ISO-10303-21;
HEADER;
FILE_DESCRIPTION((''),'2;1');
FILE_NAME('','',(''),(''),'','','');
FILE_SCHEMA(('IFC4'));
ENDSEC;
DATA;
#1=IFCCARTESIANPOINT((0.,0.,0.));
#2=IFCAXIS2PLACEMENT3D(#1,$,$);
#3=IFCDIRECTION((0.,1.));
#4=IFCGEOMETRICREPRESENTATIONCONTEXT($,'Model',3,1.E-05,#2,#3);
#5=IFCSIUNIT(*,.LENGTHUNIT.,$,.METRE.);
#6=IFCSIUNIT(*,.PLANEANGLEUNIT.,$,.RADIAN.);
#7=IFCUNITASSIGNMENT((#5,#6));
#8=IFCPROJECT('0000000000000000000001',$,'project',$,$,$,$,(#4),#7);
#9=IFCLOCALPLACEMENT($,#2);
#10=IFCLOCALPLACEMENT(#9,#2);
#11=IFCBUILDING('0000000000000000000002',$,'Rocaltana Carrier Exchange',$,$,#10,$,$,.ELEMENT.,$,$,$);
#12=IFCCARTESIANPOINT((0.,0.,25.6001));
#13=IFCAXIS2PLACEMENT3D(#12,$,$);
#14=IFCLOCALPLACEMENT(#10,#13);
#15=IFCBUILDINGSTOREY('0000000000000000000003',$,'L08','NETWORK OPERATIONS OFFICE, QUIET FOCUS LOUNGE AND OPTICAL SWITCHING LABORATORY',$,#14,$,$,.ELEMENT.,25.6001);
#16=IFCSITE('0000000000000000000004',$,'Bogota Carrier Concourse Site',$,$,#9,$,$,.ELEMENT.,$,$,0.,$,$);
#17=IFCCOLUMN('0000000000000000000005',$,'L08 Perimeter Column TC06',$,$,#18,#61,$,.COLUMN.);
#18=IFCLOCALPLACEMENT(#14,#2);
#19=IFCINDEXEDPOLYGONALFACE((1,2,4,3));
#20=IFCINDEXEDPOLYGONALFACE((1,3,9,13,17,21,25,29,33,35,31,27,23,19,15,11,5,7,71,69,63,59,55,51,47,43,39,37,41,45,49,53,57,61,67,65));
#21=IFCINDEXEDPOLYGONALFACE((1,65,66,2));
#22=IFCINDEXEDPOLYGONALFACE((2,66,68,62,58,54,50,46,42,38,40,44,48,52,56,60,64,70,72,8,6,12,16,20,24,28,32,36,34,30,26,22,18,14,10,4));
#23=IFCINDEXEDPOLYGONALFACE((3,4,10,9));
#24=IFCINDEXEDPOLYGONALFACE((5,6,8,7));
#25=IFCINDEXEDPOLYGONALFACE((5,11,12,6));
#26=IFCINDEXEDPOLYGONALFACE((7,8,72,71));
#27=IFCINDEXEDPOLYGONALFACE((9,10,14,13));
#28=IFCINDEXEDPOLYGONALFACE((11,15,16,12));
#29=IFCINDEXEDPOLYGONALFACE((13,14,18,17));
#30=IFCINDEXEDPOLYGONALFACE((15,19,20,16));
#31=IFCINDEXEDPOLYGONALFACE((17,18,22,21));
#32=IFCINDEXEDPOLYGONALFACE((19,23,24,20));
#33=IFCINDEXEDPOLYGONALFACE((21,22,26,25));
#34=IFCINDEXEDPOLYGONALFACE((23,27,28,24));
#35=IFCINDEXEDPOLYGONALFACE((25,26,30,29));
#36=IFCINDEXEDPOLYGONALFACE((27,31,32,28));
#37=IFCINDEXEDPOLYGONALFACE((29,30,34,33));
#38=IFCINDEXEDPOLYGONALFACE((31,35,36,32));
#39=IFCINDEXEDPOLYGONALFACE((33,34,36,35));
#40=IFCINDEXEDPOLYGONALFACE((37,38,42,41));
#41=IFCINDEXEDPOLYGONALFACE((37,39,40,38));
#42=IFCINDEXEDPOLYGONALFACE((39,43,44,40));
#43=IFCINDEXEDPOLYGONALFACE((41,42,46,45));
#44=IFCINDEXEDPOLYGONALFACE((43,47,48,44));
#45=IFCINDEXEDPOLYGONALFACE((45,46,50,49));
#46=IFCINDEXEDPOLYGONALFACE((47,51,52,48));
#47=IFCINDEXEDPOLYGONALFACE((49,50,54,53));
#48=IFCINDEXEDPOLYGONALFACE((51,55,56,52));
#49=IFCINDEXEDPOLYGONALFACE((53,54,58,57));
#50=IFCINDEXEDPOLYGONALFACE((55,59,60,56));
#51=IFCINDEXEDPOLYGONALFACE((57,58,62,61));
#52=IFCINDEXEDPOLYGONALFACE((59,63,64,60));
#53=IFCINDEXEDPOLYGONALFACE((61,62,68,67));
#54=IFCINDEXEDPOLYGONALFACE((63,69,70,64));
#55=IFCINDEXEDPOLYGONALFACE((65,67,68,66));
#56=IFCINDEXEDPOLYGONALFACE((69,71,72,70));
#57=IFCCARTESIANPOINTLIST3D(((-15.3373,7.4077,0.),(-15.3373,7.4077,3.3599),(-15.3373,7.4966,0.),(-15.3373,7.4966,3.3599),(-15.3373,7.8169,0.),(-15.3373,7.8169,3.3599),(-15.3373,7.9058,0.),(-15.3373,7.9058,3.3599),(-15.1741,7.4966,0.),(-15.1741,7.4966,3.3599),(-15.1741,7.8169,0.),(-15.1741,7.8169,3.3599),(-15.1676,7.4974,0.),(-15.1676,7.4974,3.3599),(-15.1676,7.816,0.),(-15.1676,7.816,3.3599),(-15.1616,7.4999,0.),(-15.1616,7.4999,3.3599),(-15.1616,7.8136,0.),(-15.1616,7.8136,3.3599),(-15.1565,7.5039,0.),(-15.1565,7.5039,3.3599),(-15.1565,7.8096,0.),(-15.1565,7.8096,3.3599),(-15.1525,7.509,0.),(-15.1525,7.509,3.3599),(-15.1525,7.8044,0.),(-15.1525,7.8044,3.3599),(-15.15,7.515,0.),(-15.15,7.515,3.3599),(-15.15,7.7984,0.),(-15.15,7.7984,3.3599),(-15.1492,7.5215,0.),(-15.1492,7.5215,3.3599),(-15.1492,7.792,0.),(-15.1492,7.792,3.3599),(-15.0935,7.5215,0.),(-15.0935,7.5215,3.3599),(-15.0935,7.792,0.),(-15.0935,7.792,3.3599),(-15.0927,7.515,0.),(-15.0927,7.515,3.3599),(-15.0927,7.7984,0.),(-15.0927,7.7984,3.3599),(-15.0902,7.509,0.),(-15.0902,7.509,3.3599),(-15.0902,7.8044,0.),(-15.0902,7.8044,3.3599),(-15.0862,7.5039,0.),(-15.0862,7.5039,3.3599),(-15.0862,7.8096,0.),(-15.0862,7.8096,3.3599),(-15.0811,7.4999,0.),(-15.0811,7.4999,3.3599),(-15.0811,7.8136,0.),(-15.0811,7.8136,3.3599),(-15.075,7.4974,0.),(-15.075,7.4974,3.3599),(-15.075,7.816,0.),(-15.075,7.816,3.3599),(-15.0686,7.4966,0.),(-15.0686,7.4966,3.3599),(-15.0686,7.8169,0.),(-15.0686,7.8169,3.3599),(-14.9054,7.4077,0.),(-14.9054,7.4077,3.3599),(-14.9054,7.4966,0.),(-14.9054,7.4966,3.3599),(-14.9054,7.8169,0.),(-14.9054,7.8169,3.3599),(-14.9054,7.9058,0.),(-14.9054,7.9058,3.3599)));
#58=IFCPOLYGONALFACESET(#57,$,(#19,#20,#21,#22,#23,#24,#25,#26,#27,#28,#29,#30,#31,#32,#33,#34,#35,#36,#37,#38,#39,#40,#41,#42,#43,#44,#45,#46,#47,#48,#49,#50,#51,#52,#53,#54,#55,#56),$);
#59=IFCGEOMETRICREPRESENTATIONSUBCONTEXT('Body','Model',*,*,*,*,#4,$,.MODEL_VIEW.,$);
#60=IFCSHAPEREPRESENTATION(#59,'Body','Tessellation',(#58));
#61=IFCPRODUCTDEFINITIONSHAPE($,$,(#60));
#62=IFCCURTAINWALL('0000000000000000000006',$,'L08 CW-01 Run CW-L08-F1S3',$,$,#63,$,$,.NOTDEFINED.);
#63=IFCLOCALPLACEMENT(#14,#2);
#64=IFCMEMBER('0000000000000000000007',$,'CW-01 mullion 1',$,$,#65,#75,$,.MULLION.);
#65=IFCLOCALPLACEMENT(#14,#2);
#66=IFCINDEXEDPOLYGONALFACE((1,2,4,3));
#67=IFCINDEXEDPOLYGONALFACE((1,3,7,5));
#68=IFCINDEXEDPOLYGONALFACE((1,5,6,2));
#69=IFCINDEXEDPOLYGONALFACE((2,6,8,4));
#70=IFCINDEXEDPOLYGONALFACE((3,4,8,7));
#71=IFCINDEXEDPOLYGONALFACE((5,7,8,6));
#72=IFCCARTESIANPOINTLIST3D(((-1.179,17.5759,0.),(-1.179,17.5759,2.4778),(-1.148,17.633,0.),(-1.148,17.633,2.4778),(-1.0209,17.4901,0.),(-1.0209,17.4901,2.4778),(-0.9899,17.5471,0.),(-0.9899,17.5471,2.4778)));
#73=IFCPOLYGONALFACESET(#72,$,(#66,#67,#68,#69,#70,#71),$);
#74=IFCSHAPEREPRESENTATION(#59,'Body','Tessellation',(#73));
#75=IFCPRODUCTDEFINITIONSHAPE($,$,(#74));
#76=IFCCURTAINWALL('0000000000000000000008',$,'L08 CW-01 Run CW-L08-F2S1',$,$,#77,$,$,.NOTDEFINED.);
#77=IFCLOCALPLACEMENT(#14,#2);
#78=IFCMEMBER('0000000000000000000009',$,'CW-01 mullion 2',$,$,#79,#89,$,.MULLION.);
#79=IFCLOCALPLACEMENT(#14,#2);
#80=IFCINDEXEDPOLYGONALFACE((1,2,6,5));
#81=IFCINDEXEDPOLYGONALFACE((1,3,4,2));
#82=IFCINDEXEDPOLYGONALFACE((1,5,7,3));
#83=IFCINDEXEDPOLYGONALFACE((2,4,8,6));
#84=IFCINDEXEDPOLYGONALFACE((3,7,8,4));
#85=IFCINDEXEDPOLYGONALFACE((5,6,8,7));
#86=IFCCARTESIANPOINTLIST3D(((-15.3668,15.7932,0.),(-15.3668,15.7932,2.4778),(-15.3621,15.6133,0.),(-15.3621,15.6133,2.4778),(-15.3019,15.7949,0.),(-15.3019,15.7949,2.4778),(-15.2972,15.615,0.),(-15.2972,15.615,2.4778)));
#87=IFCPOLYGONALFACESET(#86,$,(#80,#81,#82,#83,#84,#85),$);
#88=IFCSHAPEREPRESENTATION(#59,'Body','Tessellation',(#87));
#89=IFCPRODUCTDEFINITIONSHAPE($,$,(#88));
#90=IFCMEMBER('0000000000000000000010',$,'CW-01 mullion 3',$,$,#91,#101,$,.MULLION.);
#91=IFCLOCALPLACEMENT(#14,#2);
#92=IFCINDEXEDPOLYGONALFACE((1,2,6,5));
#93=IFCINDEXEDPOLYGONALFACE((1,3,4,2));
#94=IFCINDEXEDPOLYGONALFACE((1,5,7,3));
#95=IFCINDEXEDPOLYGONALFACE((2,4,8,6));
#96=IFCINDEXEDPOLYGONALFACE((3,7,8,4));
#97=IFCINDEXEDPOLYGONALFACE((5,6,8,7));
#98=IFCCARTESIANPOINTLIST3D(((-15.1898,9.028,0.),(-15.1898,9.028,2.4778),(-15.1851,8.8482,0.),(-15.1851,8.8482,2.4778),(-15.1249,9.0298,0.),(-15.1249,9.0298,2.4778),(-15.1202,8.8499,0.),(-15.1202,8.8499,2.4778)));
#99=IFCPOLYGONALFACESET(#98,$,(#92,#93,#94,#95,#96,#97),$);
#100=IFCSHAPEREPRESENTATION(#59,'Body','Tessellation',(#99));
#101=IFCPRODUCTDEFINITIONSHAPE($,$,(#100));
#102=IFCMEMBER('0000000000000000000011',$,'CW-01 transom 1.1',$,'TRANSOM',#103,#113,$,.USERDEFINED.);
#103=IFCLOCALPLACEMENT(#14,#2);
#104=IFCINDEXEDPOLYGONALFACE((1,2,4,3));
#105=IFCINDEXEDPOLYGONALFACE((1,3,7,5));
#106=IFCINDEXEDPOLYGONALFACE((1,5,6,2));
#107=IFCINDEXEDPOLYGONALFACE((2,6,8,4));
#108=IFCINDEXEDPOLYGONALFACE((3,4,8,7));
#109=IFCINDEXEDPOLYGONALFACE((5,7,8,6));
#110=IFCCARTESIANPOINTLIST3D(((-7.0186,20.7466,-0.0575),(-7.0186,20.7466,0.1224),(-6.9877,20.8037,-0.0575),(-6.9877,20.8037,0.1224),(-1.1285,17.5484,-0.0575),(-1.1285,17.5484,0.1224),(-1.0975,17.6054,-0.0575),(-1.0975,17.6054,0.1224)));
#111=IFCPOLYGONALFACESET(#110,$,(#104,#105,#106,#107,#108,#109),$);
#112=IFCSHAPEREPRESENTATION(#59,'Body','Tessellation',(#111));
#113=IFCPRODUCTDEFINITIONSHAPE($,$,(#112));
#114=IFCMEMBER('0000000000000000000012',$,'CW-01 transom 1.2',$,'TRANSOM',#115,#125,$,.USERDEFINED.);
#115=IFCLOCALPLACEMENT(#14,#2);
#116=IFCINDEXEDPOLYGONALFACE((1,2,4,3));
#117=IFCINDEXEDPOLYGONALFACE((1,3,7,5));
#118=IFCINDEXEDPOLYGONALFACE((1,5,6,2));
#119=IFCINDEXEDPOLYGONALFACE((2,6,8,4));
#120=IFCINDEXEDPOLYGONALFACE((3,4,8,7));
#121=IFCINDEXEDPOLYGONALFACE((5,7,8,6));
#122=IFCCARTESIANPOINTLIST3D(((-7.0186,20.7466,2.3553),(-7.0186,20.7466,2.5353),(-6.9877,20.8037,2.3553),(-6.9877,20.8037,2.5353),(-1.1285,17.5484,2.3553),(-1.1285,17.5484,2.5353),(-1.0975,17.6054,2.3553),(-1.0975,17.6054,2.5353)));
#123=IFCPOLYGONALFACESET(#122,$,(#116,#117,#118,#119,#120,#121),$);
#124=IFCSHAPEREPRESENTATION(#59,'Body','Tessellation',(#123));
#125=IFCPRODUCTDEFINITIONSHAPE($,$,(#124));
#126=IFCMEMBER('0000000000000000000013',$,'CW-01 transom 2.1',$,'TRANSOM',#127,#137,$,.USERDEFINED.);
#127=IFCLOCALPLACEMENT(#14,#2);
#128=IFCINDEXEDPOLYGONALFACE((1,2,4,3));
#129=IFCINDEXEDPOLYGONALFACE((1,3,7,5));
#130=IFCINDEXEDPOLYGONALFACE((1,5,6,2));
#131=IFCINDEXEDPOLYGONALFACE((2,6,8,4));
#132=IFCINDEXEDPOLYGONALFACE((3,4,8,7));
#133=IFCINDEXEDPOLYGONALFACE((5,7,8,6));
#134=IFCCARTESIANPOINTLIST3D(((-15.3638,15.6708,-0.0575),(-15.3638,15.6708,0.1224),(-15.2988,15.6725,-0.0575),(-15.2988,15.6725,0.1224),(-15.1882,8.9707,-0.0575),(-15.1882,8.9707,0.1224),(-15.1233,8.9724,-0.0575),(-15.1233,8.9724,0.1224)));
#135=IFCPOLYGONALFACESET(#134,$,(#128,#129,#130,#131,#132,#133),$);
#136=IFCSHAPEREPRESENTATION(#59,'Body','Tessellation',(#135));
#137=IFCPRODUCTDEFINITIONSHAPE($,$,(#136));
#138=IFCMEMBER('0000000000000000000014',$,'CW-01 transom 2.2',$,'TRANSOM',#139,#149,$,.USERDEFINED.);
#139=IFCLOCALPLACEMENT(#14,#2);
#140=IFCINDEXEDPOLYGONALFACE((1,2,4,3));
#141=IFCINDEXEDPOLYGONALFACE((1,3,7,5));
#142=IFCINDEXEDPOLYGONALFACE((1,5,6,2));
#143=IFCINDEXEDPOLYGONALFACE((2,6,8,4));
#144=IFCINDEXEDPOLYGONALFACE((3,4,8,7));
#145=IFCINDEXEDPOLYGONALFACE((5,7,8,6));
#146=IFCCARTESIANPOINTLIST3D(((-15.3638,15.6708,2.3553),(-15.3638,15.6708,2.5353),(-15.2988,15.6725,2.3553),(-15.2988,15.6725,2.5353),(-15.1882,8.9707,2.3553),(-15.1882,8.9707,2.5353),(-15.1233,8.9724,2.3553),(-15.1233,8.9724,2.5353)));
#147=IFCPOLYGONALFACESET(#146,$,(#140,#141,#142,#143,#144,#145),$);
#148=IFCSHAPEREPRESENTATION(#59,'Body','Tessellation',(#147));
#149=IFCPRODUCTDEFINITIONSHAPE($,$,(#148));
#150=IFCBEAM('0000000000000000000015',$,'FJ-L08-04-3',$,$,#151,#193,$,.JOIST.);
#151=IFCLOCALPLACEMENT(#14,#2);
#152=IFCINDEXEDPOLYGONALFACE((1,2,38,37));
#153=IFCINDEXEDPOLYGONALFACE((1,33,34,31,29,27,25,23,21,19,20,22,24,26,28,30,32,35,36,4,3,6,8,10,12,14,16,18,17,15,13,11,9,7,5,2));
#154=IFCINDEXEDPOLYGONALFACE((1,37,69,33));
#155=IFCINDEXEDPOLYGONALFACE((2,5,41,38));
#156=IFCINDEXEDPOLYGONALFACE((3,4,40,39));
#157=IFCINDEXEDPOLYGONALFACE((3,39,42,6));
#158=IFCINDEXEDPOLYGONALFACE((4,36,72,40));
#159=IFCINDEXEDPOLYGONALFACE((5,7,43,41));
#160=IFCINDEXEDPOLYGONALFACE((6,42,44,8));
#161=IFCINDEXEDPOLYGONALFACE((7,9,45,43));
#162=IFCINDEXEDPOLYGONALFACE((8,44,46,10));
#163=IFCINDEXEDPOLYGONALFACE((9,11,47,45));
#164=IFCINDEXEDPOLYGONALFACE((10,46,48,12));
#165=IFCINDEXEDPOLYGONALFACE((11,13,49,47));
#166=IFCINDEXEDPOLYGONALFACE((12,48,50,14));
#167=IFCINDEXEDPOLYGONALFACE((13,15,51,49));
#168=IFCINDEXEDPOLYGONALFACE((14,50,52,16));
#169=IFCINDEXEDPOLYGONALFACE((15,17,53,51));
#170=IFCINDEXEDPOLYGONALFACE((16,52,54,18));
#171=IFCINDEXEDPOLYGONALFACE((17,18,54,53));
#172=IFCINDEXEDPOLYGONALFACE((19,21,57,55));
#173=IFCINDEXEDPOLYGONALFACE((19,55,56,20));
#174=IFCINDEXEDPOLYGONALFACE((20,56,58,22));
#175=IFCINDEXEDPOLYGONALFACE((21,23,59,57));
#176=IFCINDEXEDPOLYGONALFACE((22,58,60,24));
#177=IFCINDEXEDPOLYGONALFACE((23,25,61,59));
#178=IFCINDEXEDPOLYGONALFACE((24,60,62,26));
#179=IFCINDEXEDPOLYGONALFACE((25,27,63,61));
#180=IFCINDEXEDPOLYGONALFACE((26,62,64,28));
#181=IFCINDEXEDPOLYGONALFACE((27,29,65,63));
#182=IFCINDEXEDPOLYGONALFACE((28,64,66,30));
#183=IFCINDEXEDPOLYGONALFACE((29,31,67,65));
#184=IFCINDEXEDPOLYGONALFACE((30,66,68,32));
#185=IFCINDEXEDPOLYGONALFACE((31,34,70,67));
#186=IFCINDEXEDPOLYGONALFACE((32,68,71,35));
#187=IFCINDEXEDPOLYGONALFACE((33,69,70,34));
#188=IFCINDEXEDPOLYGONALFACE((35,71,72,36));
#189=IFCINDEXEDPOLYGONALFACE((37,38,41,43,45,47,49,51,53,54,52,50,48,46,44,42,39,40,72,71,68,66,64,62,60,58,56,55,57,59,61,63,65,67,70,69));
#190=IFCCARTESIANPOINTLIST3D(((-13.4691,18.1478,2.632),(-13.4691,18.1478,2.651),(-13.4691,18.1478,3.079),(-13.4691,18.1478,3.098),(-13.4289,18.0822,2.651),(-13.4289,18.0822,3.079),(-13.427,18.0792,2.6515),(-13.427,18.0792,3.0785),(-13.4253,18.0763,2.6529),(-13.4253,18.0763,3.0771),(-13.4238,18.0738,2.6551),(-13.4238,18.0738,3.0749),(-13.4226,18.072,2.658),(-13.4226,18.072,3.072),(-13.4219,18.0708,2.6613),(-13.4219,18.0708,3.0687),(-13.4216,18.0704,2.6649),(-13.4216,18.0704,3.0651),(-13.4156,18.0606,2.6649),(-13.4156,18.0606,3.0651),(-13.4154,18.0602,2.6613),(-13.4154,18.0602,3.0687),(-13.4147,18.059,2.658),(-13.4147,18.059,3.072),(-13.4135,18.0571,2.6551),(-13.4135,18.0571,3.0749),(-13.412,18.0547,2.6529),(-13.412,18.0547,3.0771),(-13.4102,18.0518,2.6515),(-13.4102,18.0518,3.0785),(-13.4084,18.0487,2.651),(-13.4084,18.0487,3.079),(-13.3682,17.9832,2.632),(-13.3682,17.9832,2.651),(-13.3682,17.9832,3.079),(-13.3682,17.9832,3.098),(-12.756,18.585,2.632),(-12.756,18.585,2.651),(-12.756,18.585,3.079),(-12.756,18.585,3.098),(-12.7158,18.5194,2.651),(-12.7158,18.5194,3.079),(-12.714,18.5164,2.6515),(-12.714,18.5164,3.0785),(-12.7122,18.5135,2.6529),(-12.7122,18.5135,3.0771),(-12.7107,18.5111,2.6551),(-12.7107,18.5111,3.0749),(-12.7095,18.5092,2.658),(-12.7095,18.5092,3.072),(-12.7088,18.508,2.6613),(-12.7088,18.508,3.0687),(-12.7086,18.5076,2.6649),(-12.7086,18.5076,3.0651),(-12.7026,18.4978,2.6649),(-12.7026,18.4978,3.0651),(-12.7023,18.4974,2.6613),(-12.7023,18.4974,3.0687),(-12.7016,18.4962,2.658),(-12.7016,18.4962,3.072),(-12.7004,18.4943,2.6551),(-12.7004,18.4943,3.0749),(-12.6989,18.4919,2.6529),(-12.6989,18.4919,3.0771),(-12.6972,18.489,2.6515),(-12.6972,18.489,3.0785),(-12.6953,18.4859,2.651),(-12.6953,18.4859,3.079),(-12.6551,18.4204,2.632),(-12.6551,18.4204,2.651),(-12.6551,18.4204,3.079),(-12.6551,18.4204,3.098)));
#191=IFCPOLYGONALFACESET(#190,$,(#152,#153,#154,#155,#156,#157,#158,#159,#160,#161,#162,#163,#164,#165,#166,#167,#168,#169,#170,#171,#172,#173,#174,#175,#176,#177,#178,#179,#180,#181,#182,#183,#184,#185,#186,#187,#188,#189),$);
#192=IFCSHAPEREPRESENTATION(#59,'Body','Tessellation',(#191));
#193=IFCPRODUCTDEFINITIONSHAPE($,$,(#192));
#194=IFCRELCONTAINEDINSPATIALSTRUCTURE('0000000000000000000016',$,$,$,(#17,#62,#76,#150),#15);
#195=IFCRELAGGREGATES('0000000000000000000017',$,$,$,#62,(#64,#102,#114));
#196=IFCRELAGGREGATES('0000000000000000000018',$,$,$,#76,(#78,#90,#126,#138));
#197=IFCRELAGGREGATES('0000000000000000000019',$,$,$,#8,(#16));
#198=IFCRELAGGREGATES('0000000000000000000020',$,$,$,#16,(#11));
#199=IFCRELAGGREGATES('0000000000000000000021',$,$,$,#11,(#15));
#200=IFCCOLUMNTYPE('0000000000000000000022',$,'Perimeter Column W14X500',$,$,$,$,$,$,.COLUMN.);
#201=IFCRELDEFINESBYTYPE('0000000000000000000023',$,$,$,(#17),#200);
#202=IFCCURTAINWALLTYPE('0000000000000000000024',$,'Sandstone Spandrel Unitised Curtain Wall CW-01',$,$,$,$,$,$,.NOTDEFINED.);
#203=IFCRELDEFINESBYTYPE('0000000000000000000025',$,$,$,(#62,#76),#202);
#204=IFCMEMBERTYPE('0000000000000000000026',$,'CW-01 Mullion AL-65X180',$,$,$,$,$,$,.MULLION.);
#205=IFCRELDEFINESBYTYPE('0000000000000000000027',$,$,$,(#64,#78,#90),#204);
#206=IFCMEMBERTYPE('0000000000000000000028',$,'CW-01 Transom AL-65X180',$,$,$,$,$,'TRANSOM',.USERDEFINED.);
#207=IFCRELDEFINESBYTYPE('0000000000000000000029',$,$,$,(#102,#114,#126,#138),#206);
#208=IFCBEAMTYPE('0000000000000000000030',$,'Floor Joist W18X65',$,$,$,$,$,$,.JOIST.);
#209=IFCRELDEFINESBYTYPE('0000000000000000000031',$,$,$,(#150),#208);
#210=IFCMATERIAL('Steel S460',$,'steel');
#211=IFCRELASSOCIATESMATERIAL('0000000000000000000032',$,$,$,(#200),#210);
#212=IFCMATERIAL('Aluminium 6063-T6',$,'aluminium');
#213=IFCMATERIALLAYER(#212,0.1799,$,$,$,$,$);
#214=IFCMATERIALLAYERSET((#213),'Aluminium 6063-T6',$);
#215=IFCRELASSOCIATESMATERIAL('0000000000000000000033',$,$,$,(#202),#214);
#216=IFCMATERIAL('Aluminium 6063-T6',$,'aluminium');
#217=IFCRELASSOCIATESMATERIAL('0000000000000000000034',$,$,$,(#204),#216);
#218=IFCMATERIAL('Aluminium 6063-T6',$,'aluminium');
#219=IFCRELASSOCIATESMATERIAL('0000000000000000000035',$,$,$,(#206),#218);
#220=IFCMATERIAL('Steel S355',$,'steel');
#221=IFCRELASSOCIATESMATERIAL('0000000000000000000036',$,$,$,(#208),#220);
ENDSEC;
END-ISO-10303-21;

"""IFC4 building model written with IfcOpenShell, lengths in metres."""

from ifc_helpers import new_model, si_unit, direction, frame, origin, origin_2d, place, context, subcontext, project, spatial, rectangle, i_section, extrude, material, layer, layer_set, material_profile, profile_set, type_object, element, aggregate, save


model = new_model("IFC4")

# Units and contexts
model_context = context("Model", 3, precision=1e-05, world=origin(), true_north=direction((0.0, 1.0)))
body_context = subcontext(model_context, "Body", "Model", "MODEL_VIEW")
ifc_project = project(units=[si_unit("LENGTHUNIT", "METRE"), si_unit("PLANEANGLEUNIT", "RADIAN")], contexts=[model_context])

# Site, building, storey
site_placement = place(None, origin())
site = spatial("IfcSite", under=ifc_project, at=site_placement, Name="Bogota Carrier Concourse Site", CompositionType="ELEMENT", RefElevation=0.0)
building_placement = place(site_placement, origin())
building = spatial("IfcBuilding", under=site, at=building_placement, Name="Rocaltana Carrier Exchange", CompositionType="ELEMENT")
storey_placement = place(building_placement, frame((0.0, 0.0, 25.6001)))
storey = spatial("IfcBuildingStorey", under=building, at=storey_placement, Name="L08", Description="NETWORK OPERATIONS OFFICE, QUIET FOCUS LOUNGE AND OPTICAL SWITCHING LABORATORY", CompositionType="ELEMENT", Elevation=25.6001)

# Column
ifc_material_1 = material(Name="Steel S460", Category="steel")
ifc_material_profile_1 = material_profile(ifc_material_1, i_section(OverallWidth=0.4319, OverallDepth=0.498, WebThickness=0.0557, FlangeThickness=0.0889, FilletRadius=0.0249, at=origin_2d()), Name="W14X500")
ifc_profile_set_1 = profile_set([ifc_material_profile_1], Name="Steel S460")
column_type = type_object("IfcColumnType", Name="Perimeter Column W14X500", PredefinedType="COLUMN", material=ifc_profile_set_1)
column_placement = place(storey_placement, frame((-15.1213, 7.6567, 0.0), z_axis=(0.0, 0.0, 1.0), x_axis=(1.0, 0.0, 0.0)))
element("IfcColumn", 1, at=column_placement, inside=storey, type_object=column_type, Name="L08 Perimeter Column TC06", PredefinedType="COLUMN", context=body_context, shape_type="SweptSolid", body=[
    extrude(i_section(OverallWidth=0.4319, OverallDepth=0.498, WebThickness=0.0557, FlangeThickness=0.0889, FilletRadius=0.0249, at=origin_2d()), origin(), (0.0, 0.0, 1.0), 3.3599),
])

# Curtain wall, member
ifc_material_2 = material(Name="Aluminium 6063-T6", Category="aluminium")
ifc_layer_1 = layer(ifc_material_2, 0.1799)
ifc_layer_set_1 = layer_set([ifc_layer_1], Name="Aluminium 6063-T6")
curtain_wall_type = type_object("IfcCurtainWallType", Name="Sandstone Spandrel Unitised Curtain Wall CW-01", PredefinedType="NOTDEFINED", material=ifc_layer_set_1)
curtain_wall_1_placement = place(storey_placement, origin())
curtain_wall_1 = element("IfcCurtainWall", 2, at=curtain_wall_1_placement, inside=storey, type_object=curtain_wall_type, Name="L08 CW-01 Run CW-L08-F1S3", PredefinedType="NOTDEFINED")
ifc_material_3 = material(Name="Aluminium 6063-T6", Category="aluminium")
ifc_material_profile_2 = material_profile(ifc_material_3, rectangle(XDim=0.0649, YDim=0.1799, at=origin_2d()), Name="AL-65X180")
ifc_profile_set_2 = profile_set([ifc_material_profile_2], Name="Aluminium 6063-T6")
member_type_1 = type_object("IfcMemberType", Name="CW-01 Mullion AL-65X180", PredefinedType="MULLION", material=ifc_profile_set_2)
member_1_placement = place(storey_placement, frame((-1.0845, 17.5615, 0.0), z_axis=(0.0, 0.0, 1.0), x_axis=(-0.477156, -0.878819, 0.0)))
member_1 = element("IfcMember", 3, at=member_1_placement, type_object=member_type_1, Name="CW-01 mullion 1", PredefinedType="MULLION", context=body_context, shape_type="SweptSolid", body=[
    extrude(rectangle(XDim=0.0649, YDim=0.1799, at=origin_2d()), origin(), (0.0, 0.0, 1.0), 2.4778),
])

# Curtain wall, members
curtain_wall_2_placement = place(storey_placement, origin())
curtain_wall_2 = element("IfcCurtainWall", 4, at=curtain_wall_2_placement, inside=storey, type_object=curtain_wall_type, Name="L08 CW-01 Run CW-L08-F2S1", PredefinedType="NOTDEFINED")
member_2_placement = place(storey_placement, frame((-15.332, 15.7041, 0.0), z_axis=(0.0, 0.0, 1.0), x_axis=(0.999657, 0.026184, 0.0)))
member_2 = element("IfcMember", 5, at=member_2_placement, type_object=member_type_1, Name="CW-01 mullion 2", PredefinedType="MULLION", context=body_context, shape_type="SweptSolid", body=[
    extrude(rectangle(XDim=0.0649, YDim=0.1799, at=origin_2d()), origin(), (0.0, 0.0, 1.0), 2.4778),
])
member_3_placement = place(storey_placement, frame((-15.155, 8.939, 0.0), z_axis=(0.0, 0.0, 1.0), x_axis=(0.999657, 0.026184, 0.0)))
member_3 = element("IfcMember", 6, at=member_3_placement, type_object=member_type_1, Name="CW-01 mullion 3", PredefinedType="MULLION", context=body_context, shape_type="SweptSolid", body=[
    extrude(rectangle(XDim=0.0649, YDim=0.1799, at=origin_2d()), origin(), (0.0, 0.0, 1.0), 2.4778),
])

# Members
ifc_material_4 = material(Name="Aluminium 6063-T6", Category="aluminium")
ifc_material_profile_3 = material_profile(ifc_material_4, rectangle(XDim=0.0649, YDim=0.1799, at=origin_2d()), Name="AL-65X180")
ifc_profile_set_3 = profile_set([ifc_material_profile_3], Name="Aluminium 6063-T6")
member_type_2 = type_object("IfcMemberType", Name="CW-01 Transom AL-65X180", ElementType="TRANSOM", PredefinedType="USERDEFINED", material=ifc_profile_set_3)
member_4_placement = place(storey_placement, frame((-1.113, 17.5769, 0.0325), z_axis=(-0.878807, 0.477177, 0.0), x_axis=(-0.477177, -0.878807, 0.0)))
member_4 = element("IfcMember", 7, at=member_4_placement, type_object=member_type_2, Name="CW-01 transom 1.1", ObjectType="TRANSOM", PredefinedType="USERDEFINED", context=body_context, shape_type="SweptSolid", body=[
    extrude(rectangle(XDim=0.0649, YDim=0.1799, at=origin_2d()), origin(), (0.0, 0.0, 1.0), 6.7024),
])
member_5_placement = place(storey_placement, frame((-1.113, 17.5769, 2.4453), z_axis=(-0.878807, 0.477177, 0.0), x_axis=(-0.477177, -0.878807, 0.0)))
member_5 = element("IfcMember", 8, at=member_5_placement, type_object=member_type_2, Name="CW-01 transom 1.2", ObjectType="TRANSOM", PredefinedType="USERDEFINED", context=body_context, shape_type="SweptSolid", body=[
    extrude(rectangle(XDim=0.0649, YDim=0.1799, at=origin_2d()), origin(), (0.0, 0.0, 1.0), 6.7024),
])
member_6_placement = place(storey_placement, frame((-15.3313, 15.6716, 0.0325), z_axis=(0.02619, -0.999657, 0.0), x_axis=(0.999657, 0.02619, 0.0)))
member_6 = element("IfcMember", 9, at=member_6_placement, type_object=member_type_2, Name="CW-01 transom 2.1", ObjectType="TRANSOM", PredefinedType="USERDEFINED", context=body_context, shape_type="SweptSolid", body=[
    extrude(rectangle(XDim=0.0649, YDim=0.1799, at=origin_2d()), origin(), (0.0, 0.0, 1.0), 6.7024),
])
member_7_placement = place(storey_placement, frame((-15.3313, 15.6716, 2.4453), z_axis=(0.02619, -0.999657, 0.0), x_axis=(0.999657, 0.02619, 0.0)))
member_7 = element("IfcMember", 10, at=member_7_placement, type_object=member_type_2, Name="CW-01 transom 2.2", ObjectType="TRANSOM", PredefinedType="USERDEFINED", context=body_context, shape_type="SweptSolid", body=[
    extrude(rectangle(XDim=0.0649, YDim=0.1799, at=origin_2d()), origin(), (0.0, 0.0, 1.0), 6.7024),
])

# Beam
ifc_material_5 = material(Name="Steel S355", Category="steel")
ifc_material_profile_4 = material_profile(ifc_material_5, i_section(OverallWidth=0.1931, OverallDepth=0.4661, WebThickness=0.0115, FlangeThickness=0.019, FilletRadius=0.0139, at=origin_2d()), Name="W18X65")
ifc_profile_set_4 = profile_set([ifc_material_profile_4], Name="Steel S355")
beam_type_1 = type_object("IfcBeamType", Name="Floor Joist W18X65", PredefinedType="JOIST", material=ifc_profile_set_4)
beam_1_placement = place(storey_placement, frame((-12.7056, 18.5027, 2.865), z_axis=(-0.852509, -0.522713, 0.0), x_axis=(0.522713, -0.852509, 0.0)))
element("IfcBeam", 11, at=beam_1_placement, inside=storey, type_object=beam_type_1, Name="FJ-L08-04-3", PredefinedType="JOIST", context=body_context, shape_type="SweptSolid", body=[
    extrude(i_section(OverallWidth=0.1931, OverallDepth=0.4661, WebThickness=0.0115, FlangeThickness=0.019, FilletRadius=0.0139, at=origin_2d()), origin(), (0.0, 0.0, 1.0), 0.8364),
])

aggregate(curtain_wall_1, [member_1, member_4, member_5])
aggregate(curtain_wall_2, [member_2, member_3, member_6, member_7])

save(model, "model.ifc")
